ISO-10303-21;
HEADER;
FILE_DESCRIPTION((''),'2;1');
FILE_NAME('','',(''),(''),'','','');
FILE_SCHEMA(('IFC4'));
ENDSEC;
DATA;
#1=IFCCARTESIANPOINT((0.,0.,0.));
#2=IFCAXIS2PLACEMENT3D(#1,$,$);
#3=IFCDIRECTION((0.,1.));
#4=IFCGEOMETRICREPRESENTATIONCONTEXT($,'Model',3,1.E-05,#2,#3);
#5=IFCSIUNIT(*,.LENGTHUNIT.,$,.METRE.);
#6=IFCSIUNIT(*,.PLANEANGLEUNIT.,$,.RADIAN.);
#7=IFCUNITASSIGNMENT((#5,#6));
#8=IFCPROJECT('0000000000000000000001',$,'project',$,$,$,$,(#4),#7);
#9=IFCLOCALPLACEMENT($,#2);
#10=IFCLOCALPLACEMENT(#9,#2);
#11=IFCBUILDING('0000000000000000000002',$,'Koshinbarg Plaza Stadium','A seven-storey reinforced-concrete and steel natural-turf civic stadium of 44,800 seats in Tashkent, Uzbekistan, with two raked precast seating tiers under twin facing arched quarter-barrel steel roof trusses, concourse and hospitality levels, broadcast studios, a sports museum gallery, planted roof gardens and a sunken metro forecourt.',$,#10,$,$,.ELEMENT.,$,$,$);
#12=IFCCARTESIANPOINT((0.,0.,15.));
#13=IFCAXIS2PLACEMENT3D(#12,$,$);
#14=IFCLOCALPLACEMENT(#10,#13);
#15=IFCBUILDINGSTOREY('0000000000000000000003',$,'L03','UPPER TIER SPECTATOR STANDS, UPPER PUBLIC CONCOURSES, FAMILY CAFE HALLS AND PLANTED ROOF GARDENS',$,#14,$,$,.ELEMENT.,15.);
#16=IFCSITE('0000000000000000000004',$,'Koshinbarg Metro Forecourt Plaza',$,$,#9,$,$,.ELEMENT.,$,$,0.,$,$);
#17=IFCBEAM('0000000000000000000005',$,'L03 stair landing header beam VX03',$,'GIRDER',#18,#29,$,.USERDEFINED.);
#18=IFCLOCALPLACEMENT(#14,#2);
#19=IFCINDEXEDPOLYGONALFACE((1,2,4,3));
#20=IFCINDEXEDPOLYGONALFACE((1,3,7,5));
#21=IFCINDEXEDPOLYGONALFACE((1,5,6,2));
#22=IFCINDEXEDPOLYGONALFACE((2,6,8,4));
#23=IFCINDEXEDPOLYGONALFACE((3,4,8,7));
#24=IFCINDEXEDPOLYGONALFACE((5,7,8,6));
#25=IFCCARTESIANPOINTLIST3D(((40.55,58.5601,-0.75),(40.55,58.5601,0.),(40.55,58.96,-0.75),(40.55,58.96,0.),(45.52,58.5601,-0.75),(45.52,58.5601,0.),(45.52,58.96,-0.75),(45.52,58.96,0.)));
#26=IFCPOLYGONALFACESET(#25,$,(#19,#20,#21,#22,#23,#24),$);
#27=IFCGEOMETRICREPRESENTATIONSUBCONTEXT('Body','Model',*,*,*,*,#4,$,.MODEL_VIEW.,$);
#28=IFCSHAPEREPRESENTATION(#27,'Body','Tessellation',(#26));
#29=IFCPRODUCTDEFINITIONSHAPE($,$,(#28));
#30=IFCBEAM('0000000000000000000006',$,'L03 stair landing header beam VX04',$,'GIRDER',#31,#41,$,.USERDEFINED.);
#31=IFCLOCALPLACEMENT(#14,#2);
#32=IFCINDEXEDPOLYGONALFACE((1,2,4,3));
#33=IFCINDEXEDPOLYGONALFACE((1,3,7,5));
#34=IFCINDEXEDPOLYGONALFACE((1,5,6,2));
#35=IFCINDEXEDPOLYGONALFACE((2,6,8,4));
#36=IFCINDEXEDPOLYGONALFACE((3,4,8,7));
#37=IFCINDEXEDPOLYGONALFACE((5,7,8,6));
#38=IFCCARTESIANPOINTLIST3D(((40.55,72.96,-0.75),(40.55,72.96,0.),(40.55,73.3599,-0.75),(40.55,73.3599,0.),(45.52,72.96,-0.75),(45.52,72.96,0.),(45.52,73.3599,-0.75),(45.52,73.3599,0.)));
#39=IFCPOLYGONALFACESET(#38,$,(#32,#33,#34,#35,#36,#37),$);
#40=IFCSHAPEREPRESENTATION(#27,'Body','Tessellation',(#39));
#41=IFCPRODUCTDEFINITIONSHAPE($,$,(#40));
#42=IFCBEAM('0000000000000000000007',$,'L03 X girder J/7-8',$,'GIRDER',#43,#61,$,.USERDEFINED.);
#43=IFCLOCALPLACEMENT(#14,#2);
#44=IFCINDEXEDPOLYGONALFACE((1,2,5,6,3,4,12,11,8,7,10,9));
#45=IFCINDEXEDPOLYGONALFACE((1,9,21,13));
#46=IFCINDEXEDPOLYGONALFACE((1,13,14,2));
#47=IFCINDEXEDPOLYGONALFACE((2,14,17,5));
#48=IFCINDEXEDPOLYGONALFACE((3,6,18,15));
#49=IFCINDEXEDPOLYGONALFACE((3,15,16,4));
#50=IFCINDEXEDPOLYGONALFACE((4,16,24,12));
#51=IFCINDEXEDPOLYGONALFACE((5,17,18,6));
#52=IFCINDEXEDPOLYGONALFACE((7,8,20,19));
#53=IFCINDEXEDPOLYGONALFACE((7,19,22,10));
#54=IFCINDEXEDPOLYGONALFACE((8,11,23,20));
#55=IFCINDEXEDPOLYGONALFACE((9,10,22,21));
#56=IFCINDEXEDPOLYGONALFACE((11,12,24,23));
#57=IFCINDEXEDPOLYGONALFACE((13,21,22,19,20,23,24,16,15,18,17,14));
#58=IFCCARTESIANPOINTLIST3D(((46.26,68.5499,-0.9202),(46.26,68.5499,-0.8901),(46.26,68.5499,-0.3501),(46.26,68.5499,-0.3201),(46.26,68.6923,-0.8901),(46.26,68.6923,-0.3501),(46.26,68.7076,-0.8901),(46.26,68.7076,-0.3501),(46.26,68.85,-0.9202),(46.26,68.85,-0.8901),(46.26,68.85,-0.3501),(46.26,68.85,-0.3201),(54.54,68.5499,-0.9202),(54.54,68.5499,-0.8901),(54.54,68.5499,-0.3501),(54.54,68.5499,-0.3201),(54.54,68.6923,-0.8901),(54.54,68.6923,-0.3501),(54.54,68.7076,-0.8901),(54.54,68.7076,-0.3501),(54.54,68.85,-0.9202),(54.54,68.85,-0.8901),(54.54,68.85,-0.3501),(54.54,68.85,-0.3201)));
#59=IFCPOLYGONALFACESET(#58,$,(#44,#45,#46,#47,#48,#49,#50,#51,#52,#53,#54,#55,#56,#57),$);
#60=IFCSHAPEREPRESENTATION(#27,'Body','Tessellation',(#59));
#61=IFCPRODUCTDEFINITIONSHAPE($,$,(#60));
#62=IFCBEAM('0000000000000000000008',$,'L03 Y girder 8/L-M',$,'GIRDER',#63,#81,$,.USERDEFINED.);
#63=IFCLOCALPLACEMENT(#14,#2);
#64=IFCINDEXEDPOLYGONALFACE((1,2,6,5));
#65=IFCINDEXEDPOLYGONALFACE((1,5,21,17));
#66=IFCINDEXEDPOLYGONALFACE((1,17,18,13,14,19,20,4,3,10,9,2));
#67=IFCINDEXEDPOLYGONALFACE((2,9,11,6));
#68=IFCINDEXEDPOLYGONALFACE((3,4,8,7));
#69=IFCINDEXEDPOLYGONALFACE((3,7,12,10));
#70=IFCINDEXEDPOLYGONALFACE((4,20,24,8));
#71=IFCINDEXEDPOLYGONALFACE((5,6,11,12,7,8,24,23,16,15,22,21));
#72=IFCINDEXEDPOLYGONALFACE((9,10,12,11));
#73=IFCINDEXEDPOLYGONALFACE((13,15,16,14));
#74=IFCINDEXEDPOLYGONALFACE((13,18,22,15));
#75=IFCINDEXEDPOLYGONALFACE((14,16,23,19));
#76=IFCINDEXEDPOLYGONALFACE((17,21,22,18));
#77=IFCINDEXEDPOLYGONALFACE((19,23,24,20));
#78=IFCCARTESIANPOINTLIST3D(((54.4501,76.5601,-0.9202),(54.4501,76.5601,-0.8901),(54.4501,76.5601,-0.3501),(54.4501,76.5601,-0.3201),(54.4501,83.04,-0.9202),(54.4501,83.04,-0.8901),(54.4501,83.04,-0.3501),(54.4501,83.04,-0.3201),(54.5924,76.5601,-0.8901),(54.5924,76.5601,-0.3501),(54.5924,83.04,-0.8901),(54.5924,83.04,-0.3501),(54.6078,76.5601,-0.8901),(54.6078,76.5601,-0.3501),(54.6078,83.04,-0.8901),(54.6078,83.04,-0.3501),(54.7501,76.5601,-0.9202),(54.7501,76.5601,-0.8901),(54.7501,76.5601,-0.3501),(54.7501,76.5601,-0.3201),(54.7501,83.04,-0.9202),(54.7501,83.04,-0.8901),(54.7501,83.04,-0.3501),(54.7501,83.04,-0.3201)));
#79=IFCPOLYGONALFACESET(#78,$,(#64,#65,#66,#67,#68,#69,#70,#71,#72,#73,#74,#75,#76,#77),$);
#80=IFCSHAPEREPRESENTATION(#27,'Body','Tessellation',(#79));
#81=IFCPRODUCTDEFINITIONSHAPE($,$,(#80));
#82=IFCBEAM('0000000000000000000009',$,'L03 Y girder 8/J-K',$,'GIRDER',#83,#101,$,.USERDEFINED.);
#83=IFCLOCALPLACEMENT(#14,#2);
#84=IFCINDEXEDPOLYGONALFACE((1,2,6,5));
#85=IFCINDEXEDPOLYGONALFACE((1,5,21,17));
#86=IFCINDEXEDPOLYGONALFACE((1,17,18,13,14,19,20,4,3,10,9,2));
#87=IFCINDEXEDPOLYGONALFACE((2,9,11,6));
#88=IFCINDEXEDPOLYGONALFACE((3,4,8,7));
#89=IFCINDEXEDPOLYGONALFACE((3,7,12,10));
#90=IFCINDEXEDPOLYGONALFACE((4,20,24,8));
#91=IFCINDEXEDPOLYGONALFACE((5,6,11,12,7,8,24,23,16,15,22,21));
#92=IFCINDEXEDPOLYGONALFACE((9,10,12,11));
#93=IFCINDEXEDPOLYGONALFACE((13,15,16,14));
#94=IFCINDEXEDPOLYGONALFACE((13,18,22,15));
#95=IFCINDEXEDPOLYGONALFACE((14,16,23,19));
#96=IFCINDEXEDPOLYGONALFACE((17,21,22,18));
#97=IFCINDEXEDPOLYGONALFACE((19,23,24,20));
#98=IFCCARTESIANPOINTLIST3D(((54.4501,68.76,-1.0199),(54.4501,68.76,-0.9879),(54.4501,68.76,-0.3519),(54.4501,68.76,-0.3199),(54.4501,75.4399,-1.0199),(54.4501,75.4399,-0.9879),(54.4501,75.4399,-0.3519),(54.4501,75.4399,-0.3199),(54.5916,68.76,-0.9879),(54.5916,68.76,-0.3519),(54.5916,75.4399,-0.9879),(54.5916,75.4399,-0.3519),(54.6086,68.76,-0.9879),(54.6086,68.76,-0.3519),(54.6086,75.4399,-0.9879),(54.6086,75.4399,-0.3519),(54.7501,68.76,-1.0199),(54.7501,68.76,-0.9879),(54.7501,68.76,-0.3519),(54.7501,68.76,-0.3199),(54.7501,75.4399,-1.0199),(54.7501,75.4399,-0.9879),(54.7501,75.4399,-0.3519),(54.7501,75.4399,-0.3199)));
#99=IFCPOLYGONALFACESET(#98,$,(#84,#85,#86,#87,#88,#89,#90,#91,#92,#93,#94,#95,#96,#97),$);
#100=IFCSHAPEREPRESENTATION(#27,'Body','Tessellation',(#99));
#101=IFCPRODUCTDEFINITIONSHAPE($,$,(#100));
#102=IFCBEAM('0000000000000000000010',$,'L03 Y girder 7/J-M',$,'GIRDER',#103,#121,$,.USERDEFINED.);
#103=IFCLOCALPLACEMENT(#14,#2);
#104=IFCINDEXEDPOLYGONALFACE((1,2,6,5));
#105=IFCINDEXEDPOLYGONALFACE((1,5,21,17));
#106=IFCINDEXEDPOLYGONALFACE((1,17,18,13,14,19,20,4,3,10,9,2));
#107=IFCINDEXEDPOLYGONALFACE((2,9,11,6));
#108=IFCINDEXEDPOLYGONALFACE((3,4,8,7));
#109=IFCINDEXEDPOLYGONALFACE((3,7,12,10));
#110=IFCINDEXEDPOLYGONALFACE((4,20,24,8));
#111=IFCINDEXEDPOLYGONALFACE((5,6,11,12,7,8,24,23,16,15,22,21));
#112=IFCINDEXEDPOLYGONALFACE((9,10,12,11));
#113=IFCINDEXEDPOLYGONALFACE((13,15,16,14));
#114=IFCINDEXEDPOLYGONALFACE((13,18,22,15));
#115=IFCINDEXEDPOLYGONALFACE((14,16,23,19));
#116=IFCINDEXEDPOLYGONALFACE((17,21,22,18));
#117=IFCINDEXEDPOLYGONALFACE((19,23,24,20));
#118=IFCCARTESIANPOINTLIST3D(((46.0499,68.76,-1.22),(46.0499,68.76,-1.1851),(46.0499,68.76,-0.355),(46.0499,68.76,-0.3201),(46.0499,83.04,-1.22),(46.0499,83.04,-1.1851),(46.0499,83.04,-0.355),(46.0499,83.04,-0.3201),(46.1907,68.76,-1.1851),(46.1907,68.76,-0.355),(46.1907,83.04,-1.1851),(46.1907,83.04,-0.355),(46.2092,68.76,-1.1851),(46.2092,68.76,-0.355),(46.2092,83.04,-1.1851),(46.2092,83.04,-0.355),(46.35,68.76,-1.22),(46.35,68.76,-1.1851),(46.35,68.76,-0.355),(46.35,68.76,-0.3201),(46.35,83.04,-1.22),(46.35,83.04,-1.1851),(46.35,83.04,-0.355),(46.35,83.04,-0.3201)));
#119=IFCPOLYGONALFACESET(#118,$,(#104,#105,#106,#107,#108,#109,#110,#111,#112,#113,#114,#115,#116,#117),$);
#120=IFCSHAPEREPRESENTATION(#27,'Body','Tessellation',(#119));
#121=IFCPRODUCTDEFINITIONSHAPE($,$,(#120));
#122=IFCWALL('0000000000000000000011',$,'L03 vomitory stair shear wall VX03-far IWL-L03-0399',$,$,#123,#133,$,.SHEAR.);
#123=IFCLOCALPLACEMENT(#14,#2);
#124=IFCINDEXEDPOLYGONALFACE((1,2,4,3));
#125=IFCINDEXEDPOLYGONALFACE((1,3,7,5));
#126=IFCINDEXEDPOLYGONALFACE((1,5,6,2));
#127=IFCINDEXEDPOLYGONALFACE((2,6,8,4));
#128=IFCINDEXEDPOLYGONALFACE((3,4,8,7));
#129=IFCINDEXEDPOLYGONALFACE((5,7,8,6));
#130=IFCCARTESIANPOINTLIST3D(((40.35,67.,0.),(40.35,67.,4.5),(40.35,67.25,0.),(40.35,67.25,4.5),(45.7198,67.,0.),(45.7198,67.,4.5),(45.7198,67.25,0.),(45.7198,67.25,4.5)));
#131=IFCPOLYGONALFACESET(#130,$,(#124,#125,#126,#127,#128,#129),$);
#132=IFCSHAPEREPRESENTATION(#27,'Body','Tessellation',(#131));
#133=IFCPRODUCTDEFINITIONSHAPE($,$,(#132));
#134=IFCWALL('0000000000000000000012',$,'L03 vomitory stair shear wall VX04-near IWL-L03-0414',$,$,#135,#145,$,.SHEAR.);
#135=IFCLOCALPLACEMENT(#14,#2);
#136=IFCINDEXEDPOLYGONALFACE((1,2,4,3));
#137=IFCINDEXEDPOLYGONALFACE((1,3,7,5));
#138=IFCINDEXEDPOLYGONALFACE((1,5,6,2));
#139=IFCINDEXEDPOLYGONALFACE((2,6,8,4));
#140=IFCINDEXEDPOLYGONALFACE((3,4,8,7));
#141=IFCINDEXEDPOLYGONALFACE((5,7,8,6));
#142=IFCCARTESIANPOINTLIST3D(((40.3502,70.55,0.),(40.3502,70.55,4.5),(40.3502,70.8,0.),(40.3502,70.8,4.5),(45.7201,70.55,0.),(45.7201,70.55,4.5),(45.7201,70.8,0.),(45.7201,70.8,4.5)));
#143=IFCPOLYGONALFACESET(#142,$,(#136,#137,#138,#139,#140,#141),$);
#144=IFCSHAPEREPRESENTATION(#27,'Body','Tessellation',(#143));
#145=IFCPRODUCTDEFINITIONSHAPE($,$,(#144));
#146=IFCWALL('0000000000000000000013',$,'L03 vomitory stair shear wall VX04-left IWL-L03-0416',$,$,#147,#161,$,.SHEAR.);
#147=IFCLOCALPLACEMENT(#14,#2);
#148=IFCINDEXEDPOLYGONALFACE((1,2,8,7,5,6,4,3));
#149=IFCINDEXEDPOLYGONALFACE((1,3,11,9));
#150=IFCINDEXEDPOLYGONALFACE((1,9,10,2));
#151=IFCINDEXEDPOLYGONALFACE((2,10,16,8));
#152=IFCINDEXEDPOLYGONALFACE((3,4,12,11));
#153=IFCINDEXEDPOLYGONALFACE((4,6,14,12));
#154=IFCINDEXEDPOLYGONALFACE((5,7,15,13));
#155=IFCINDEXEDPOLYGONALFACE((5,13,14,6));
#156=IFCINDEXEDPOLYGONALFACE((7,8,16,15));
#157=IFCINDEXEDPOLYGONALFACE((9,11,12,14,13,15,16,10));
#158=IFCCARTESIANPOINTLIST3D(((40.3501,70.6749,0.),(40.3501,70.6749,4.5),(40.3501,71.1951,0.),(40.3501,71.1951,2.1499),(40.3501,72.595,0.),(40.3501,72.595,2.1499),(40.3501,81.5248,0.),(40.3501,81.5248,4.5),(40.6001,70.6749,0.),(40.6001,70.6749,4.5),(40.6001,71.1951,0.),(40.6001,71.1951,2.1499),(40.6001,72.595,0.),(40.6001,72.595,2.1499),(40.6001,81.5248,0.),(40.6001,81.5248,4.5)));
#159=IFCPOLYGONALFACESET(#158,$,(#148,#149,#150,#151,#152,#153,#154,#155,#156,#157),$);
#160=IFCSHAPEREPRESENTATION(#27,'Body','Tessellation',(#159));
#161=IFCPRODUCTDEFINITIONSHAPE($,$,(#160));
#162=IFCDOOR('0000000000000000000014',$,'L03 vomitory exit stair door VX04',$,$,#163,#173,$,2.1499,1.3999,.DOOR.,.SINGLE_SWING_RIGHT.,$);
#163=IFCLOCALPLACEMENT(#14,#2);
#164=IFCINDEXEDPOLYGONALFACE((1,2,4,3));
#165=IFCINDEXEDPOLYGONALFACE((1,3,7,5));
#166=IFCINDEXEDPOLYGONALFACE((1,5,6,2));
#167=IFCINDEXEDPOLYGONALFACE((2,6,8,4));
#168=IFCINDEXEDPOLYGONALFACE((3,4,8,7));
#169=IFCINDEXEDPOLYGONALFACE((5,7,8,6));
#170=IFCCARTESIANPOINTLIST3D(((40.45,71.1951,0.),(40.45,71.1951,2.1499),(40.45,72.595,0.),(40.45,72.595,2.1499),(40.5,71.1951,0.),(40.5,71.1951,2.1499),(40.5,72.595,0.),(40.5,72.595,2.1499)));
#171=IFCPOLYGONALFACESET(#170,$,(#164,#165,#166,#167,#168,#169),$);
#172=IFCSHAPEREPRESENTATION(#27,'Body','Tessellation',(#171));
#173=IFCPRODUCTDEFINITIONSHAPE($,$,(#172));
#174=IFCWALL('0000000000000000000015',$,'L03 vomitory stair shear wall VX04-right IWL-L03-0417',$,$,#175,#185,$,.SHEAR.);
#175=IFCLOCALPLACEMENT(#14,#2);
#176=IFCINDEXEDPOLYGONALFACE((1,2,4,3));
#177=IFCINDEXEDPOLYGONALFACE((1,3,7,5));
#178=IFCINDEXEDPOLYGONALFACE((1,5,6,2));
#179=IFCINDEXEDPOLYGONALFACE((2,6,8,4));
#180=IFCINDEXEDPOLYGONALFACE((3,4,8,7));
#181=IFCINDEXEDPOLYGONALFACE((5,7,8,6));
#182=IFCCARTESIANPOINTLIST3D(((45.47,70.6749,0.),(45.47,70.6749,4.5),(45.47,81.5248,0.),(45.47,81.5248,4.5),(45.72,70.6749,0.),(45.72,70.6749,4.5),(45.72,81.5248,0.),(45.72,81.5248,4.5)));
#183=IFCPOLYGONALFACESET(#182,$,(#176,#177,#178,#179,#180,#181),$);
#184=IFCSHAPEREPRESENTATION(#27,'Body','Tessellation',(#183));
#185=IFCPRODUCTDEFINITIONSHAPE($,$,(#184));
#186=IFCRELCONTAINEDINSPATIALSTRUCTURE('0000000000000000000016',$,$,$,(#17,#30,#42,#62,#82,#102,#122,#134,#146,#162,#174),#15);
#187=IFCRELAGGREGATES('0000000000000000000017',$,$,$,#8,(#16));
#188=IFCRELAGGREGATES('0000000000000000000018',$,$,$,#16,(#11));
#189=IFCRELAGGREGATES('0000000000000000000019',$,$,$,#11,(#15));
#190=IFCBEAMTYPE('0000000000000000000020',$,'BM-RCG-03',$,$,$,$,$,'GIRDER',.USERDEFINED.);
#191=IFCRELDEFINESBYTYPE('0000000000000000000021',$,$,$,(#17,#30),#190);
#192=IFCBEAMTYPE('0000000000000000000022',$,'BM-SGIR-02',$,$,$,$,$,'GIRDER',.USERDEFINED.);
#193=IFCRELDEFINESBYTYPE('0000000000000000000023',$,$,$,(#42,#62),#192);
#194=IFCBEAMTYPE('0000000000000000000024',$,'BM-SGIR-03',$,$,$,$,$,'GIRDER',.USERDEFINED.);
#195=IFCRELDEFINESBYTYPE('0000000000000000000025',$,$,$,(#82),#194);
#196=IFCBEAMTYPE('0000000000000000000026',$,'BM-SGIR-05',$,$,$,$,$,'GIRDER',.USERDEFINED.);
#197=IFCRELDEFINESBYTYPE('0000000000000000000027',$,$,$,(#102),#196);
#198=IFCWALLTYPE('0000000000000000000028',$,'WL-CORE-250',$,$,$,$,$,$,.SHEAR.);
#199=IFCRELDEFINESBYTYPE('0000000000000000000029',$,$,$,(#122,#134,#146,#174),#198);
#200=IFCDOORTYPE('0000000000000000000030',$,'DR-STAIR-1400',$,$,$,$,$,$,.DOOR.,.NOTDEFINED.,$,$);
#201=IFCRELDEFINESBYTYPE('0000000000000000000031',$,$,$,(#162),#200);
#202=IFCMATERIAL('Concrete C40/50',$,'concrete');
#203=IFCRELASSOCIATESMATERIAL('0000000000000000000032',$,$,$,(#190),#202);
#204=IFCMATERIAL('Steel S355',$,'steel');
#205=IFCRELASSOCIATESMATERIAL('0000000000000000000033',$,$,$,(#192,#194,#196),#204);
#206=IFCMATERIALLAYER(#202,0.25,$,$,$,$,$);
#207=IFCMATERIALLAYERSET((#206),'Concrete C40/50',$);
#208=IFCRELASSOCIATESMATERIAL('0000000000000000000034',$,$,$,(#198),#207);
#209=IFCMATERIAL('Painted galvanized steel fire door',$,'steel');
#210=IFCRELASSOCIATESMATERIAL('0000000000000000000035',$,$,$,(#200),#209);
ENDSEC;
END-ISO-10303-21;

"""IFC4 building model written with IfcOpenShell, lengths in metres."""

from ifc_helpers import new_model, si_unit, direction, frame, frame_2d, origin, origin_2d, place, context, subcontext, project, spatial, rectangle, i_section, extrude, material, layer, layer_set, material_profile, profile_set, type_object, element, fill, save


model = new_model("IFC4")

# Units and contexts
model_context = context("Model", 3, precision=1e-05, world=origin(), true_north=direction((0.0, 1.0)))
body_context = subcontext(model_context, "Body", "Model", "MODEL_VIEW")
ifc_project = project(units=[si_unit("LENGTHUNIT", "METRE"), si_unit("PLANEANGLEUNIT", "RADIAN")], contexts=[model_context])

# Site, building, storey
site_placement = place(None, origin())
site = spatial("IfcSite", under=ifc_project, at=site_placement, Name="Koshinbarg Metro Forecourt Plaza", CompositionType="ELEMENT", RefElevation=0.0)
building_placement = place(site_placement, origin())
building = spatial("IfcBuilding", under=site, at=building_placement, Name="Koshinbarg Plaza Stadium", Description="A seven-storey reinforced-concrete and steel natural-turf civic stadium of 44,800 seats in Tashkent, Uzbekistan, with two raked precast seating tiers under twin facing arched quarter-barrel steel roof trusses, concourse and hospitality levels, broadcast studios, a sports museum gallery, planted roof gardens and a sunken metro forecourt.", CompositionType="ELEMENT")
storey_placement = place(building_placement, frame((0.0, 0.0, 15.0)))
storey = spatial("IfcBuildingStorey", under=building, at=storey_placement, Name="L03", Description="UPPER TIER SPECTATOR STANDS, UPPER PUBLIC CONCOURSES, FAMILY CAFE HALLS AND PLANTED ROOF GARDENS", CompositionType="ELEMENT", Elevation=15.0)

# Shared definitions
ifc_material_1 = material(Name="Concrete C40/50", Category="concrete")
ifc_material_2 = material(Name="Steel S355", Category="steel")

# Beams
ifc_material_profile_1 = material_profile(ifc_material_1, rectangle(XDim=0.3999, YDim=0.75, at=origin_2d()), Name="RC 400x750")
ifc_profile_set_1 = profile_set([ifc_material_profile_1], Name="Concrete C40/50")
beam_type_1 = type_object("IfcBeamType", Name="BM-RCG-03", ElementType="GIRDER", PredefinedType="USERDEFINED", material=ifc_profile_set_1)
for number, where, z_axis, x_axis, name in (
    (1, (40.55, 58.76, -0.375), (1.0, 0.0, 0.0), (0.0, 1.0, 0.0), "L03 stair landing header beam VX03"),
    (2, (40.55, 73.1599, -0.375), (1.0, 0.0, 0.0), (0.0, 1.0, 0.0), "L03 stair landing header beam VX04"),
):
    element("IfcBeam", number, at=place(storey_placement, frame(where, z_axis=z_axis, x_axis=x_axis)), inside=storey, type_object=beam_type_1, Name=name, ObjectType="GIRDER", PredefinedType="USERDEFINED", context=body_context, shape_type="SweptSolid", body=[
        extrude(rectangle(XDim=0.3999, YDim=0.75, at=origin_2d()), origin(), (0.0, 0.0, 1.0), 4.97),
    ])
ifc_material_profile_2 = material_profile(ifc_material_2, i_section(OverallWidth=0.3, OverallDepth=0.6001, WebThickness=0.0154, FlangeThickness=0.03, at=origin_2d()), Name="HEB 600")
ifc_profile_set_2 = profile_set([ifc_material_profile_2], Name="Steel S355")
beam_type_2 = type_object("IfcBeamType", Name="BM-SGIR-02", ElementType="GIRDER", PredefinedType="USERDEFINED", material=ifc_profile_set_2)
beam_1_placement = place(storey_placement, frame((46.26, 68.7, -0.6201), z_axis=(1.0, 0.0, 0.0), x_axis=(0.0, 1.0, 0.0)))
element("IfcBeam", 3, at=beam_1_placement, inside=storey, type_object=beam_type_2, Name="L03 X girder J/7-8", ObjectType="GIRDER", PredefinedType="USERDEFINED", context=body_context, shape_type="SweptSolid", body=[
    extrude(i_section(OverallWidth=0.3, OverallDepth=0.6001, WebThickness=0.0154, FlangeThickness=0.03, at=origin_2d()), origin(), (0.0, 0.0, 1.0), 8.28),
])
beam_2_placement = place(storey_placement, frame((54.6001, 76.5601, -0.6201), z_axis=(0.0, 1.0, 0.0), x_axis=(-1.0, 0.0, 0.0)))
element("IfcBeam", 4, at=beam_2_placement, inside=storey, type_object=beam_type_2, Name="L03 Y girder 8/L-M", ObjectType="GIRDER", PredefinedType="USERDEFINED", context=body_context, shape_type="SweptSolid", body=[
    extrude(i_section(OverallWidth=0.3, OverallDepth=0.6001, WebThickness=0.0154, FlangeThickness=0.03, at=origin_2d()), origin(), (0.0, 0.0, 1.0), 6.48),
])
ifc_material_profile_3 = material_profile(ifc_material_2, i_section(OverallWidth=0.3, OverallDepth=0.7, WebThickness=0.0171, FlangeThickness=0.032, at=origin_2d()), Name="HEB 700")
ifc_profile_set_3 = profile_set([ifc_material_profile_3], Name="Steel S355")
beam_type_3 = type_object("IfcBeamType", Name="BM-SGIR-03", ElementType="GIRDER", PredefinedType="USERDEFINED", material=ifc_profile_set_3)
beam_3_placement = place(storey_placement, frame((54.6001, 68.76, -0.6699), z_axis=(0.0, 1.0, 0.0), x_axis=(-1.0, 0.0, 0.0)))
element("IfcBeam", 5, at=beam_3_placement, inside=storey, type_object=beam_type_3, Name="L03 Y girder 8/J-K", ObjectType="GIRDER", PredefinedType="USERDEFINED", context=body_context, shape_type="SweptSolid", body=[
    extrude(i_section(OverallWidth=0.3, OverallDepth=0.7, WebThickness=0.0171, FlangeThickness=0.032, at=origin_2d()), origin(), (0.0, 0.0, 1.0), 6.6799),
])
ifc_material_profile_4 = material_profile(ifc_material_2, i_section(OverallWidth=0.3, OverallDepth=0.8999, WebThickness=0.0186, FlangeThickness=0.0349, at=origin_2d()), Name="HEB 900")
ifc_profile_set_4 = profile_set([ifc_material_profile_4], Name="Steel S355")
beam_type_4 = type_object("IfcBeamType", Name="BM-SGIR-05", ElementType="GIRDER", PredefinedType="USERDEFINED", material=ifc_profile_set_4)
beam_4_placement = place(storey_placement, frame((46.2, 68.76, -0.77), z_axis=(0.0, 1.0, 0.0), x_axis=(-1.0, 0.0, 0.0)))
element("IfcBeam", 6, at=beam_4_placement, inside=storey, type_object=beam_type_4, Name="L03 Y girder 7/J-M", ObjectType="GIRDER", PredefinedType="USERDEFINED", context=body_context, shape_type="SweptSolid", body=[
    extrude(i_section(OverallWidth=0.3, OverallDepth=0.8999, WebThickness=0.0186, FlangeThickness=0.0349, at=origin_2d()), origin(), (0.0, 0.0, 1.0), 14.28),
])

# Walls
ifc_layer_1 = layer(ifc_material_1, 0.25)
ifc_layer_set_1 = layer_set([ifc_layer_1], Name="Concrete C40/50")
wall_type_1 = type_object("IfcWallType", Name="WL-CORE-250", PredefinedType="SHEAR", material=ifc_layer_set_1)
for number, where, z_axis, x_axis, name in (
    (7, (45.72, 67.125, 0.0), (0.0, 0.0, 1.0), (-1.0, 0.0, 0.0), "L03 vomitory stair shear wall VX03-far IWL-L03-0399"),
    (8, (40.3501, 70.675, 0.0), (0.0, 0.0, 1.0), (1.0, 0.0, 0.0), "L03 vomitory stair shear wall VX04-near IWL-L03-0414"),
):
    element("IfcWall", number, at=place(storey_placement, frame(where, z_axis=z_axis, x_axis=x_axis)), inside=storey, type_object=wall_type_1, Name=name, PredefinedType="SHEAR", context=body_context, shape_type="SweptSolid", body=[
        extrude(rectangle(XDim=5.3699, YDim=0.25, at=frame_2d((2.6851, 0.0))), origin(), (0.0, 0.0, 1.0), 4.5),
    ])

# Wall, opening, door
wall_1_placement = place(storey_placement, frame((40.4751, 70.675, 0.0), z_axis=(0.0, 0.0, 1.0), x_axis=(0.0, 1.0, 0.0)))
wall_1 = element("IfcWall", 9, at=wall_1_placement, inside=storey, type_object=wall_type_1, Name="L03 vomitory stair shear wall VX04-left IWL-L03-0416", PredefinedType="SHEAR", context=body_context, shape_type="SweptSolid", body=[
    extrude(rectangle(XDim=10.8499, YDim=0.25, at=frame_2d((5.4248, 0.0))), origin(), (0.0, 0.0, 1.0), 4.5),
])
opening_1_placement = place(wall_1_placement, frame((0.52, 0.0, 0.0)))
opening_1 = element("IfcOpeningElement", 10, at=opening_1_placement, cuts=wall_1, PredefinedType="OPENING", context=body_context, shape_type="SweptSolid", body=[
    extrude(rectangle(XDim=1.3999, YDim=2.1499, at=frame_2d((0.7, 1.075))), frame((0.0, 0.135, 0.0), z_axis=(0.0, -1.0, 0.0), x_axis=(1.0, 0.0, 0.0)), (0.0, 0.0, 1.0), 0.27),
])
ifc_material_3 = material(Name="Painted galvanized steel fire door", Category="steel")
door_type_1 = type_object("IfcDoorType", Name="DR-STAIR-1400", OperationType="NOTDEFINED", PredefinedType="DOOR", material=ifc_material_3)
door_1_placement = place(opening_1_placement, frame((1.3999, 0.0, 0.0), z_axis=(0.0, 0.0, 1.0), x_axis=(-1.0, 0.0, 0.0)))
door_1 = element("IfcDoor", 11, at=door_1_placement, inside=storey, type_object=door_type_1, Name="L03 vomitory exit stair door VX04", OperationType="SINGLE_SWING_RIGHT", OverallHeight=2.1499, OverallWidth=1.3999, PredefinedType="DOOR", context=body_context, shape_type="SweptSolid", body=[
    extrude(rectangle(XDim=1.3999, YDim=2.1499, at=frame_2d((0.7, 1.075))), frame((0.0, 0.0249, 0.0), z_axis=(0.0, -1.0, 0.0), x_axis=(1.0, 0.0, 0.0)), (0.0, 0.0, 1.0), 0.05),
])
fill(opening_1, door_1)

# Wall
wall_2_placement = place(storey_placement, frame((45.595, 70.675, 0.0), z_axis=(0.0, 0.0, 1.0), x_axis=(0.0, 1.0, 0.0)))
element("IfcWall", 12, at=wall_2_placement, inside=storey, type_object=wall_type_1, Name="L03 vomitory stair shear wall VX04-right IWL-L03-0417", PredefinedType="SHEAR", context=body_context, shape_type="SweptSolid", body=[
    extrude(rectangle(XDim=10.8499, YDim=0.25, at=frame_2d((5.4248, 0.0))), origin(), (0.0, 0.0, 1.0), 4.5),
])

save(model, "model.ifc")
